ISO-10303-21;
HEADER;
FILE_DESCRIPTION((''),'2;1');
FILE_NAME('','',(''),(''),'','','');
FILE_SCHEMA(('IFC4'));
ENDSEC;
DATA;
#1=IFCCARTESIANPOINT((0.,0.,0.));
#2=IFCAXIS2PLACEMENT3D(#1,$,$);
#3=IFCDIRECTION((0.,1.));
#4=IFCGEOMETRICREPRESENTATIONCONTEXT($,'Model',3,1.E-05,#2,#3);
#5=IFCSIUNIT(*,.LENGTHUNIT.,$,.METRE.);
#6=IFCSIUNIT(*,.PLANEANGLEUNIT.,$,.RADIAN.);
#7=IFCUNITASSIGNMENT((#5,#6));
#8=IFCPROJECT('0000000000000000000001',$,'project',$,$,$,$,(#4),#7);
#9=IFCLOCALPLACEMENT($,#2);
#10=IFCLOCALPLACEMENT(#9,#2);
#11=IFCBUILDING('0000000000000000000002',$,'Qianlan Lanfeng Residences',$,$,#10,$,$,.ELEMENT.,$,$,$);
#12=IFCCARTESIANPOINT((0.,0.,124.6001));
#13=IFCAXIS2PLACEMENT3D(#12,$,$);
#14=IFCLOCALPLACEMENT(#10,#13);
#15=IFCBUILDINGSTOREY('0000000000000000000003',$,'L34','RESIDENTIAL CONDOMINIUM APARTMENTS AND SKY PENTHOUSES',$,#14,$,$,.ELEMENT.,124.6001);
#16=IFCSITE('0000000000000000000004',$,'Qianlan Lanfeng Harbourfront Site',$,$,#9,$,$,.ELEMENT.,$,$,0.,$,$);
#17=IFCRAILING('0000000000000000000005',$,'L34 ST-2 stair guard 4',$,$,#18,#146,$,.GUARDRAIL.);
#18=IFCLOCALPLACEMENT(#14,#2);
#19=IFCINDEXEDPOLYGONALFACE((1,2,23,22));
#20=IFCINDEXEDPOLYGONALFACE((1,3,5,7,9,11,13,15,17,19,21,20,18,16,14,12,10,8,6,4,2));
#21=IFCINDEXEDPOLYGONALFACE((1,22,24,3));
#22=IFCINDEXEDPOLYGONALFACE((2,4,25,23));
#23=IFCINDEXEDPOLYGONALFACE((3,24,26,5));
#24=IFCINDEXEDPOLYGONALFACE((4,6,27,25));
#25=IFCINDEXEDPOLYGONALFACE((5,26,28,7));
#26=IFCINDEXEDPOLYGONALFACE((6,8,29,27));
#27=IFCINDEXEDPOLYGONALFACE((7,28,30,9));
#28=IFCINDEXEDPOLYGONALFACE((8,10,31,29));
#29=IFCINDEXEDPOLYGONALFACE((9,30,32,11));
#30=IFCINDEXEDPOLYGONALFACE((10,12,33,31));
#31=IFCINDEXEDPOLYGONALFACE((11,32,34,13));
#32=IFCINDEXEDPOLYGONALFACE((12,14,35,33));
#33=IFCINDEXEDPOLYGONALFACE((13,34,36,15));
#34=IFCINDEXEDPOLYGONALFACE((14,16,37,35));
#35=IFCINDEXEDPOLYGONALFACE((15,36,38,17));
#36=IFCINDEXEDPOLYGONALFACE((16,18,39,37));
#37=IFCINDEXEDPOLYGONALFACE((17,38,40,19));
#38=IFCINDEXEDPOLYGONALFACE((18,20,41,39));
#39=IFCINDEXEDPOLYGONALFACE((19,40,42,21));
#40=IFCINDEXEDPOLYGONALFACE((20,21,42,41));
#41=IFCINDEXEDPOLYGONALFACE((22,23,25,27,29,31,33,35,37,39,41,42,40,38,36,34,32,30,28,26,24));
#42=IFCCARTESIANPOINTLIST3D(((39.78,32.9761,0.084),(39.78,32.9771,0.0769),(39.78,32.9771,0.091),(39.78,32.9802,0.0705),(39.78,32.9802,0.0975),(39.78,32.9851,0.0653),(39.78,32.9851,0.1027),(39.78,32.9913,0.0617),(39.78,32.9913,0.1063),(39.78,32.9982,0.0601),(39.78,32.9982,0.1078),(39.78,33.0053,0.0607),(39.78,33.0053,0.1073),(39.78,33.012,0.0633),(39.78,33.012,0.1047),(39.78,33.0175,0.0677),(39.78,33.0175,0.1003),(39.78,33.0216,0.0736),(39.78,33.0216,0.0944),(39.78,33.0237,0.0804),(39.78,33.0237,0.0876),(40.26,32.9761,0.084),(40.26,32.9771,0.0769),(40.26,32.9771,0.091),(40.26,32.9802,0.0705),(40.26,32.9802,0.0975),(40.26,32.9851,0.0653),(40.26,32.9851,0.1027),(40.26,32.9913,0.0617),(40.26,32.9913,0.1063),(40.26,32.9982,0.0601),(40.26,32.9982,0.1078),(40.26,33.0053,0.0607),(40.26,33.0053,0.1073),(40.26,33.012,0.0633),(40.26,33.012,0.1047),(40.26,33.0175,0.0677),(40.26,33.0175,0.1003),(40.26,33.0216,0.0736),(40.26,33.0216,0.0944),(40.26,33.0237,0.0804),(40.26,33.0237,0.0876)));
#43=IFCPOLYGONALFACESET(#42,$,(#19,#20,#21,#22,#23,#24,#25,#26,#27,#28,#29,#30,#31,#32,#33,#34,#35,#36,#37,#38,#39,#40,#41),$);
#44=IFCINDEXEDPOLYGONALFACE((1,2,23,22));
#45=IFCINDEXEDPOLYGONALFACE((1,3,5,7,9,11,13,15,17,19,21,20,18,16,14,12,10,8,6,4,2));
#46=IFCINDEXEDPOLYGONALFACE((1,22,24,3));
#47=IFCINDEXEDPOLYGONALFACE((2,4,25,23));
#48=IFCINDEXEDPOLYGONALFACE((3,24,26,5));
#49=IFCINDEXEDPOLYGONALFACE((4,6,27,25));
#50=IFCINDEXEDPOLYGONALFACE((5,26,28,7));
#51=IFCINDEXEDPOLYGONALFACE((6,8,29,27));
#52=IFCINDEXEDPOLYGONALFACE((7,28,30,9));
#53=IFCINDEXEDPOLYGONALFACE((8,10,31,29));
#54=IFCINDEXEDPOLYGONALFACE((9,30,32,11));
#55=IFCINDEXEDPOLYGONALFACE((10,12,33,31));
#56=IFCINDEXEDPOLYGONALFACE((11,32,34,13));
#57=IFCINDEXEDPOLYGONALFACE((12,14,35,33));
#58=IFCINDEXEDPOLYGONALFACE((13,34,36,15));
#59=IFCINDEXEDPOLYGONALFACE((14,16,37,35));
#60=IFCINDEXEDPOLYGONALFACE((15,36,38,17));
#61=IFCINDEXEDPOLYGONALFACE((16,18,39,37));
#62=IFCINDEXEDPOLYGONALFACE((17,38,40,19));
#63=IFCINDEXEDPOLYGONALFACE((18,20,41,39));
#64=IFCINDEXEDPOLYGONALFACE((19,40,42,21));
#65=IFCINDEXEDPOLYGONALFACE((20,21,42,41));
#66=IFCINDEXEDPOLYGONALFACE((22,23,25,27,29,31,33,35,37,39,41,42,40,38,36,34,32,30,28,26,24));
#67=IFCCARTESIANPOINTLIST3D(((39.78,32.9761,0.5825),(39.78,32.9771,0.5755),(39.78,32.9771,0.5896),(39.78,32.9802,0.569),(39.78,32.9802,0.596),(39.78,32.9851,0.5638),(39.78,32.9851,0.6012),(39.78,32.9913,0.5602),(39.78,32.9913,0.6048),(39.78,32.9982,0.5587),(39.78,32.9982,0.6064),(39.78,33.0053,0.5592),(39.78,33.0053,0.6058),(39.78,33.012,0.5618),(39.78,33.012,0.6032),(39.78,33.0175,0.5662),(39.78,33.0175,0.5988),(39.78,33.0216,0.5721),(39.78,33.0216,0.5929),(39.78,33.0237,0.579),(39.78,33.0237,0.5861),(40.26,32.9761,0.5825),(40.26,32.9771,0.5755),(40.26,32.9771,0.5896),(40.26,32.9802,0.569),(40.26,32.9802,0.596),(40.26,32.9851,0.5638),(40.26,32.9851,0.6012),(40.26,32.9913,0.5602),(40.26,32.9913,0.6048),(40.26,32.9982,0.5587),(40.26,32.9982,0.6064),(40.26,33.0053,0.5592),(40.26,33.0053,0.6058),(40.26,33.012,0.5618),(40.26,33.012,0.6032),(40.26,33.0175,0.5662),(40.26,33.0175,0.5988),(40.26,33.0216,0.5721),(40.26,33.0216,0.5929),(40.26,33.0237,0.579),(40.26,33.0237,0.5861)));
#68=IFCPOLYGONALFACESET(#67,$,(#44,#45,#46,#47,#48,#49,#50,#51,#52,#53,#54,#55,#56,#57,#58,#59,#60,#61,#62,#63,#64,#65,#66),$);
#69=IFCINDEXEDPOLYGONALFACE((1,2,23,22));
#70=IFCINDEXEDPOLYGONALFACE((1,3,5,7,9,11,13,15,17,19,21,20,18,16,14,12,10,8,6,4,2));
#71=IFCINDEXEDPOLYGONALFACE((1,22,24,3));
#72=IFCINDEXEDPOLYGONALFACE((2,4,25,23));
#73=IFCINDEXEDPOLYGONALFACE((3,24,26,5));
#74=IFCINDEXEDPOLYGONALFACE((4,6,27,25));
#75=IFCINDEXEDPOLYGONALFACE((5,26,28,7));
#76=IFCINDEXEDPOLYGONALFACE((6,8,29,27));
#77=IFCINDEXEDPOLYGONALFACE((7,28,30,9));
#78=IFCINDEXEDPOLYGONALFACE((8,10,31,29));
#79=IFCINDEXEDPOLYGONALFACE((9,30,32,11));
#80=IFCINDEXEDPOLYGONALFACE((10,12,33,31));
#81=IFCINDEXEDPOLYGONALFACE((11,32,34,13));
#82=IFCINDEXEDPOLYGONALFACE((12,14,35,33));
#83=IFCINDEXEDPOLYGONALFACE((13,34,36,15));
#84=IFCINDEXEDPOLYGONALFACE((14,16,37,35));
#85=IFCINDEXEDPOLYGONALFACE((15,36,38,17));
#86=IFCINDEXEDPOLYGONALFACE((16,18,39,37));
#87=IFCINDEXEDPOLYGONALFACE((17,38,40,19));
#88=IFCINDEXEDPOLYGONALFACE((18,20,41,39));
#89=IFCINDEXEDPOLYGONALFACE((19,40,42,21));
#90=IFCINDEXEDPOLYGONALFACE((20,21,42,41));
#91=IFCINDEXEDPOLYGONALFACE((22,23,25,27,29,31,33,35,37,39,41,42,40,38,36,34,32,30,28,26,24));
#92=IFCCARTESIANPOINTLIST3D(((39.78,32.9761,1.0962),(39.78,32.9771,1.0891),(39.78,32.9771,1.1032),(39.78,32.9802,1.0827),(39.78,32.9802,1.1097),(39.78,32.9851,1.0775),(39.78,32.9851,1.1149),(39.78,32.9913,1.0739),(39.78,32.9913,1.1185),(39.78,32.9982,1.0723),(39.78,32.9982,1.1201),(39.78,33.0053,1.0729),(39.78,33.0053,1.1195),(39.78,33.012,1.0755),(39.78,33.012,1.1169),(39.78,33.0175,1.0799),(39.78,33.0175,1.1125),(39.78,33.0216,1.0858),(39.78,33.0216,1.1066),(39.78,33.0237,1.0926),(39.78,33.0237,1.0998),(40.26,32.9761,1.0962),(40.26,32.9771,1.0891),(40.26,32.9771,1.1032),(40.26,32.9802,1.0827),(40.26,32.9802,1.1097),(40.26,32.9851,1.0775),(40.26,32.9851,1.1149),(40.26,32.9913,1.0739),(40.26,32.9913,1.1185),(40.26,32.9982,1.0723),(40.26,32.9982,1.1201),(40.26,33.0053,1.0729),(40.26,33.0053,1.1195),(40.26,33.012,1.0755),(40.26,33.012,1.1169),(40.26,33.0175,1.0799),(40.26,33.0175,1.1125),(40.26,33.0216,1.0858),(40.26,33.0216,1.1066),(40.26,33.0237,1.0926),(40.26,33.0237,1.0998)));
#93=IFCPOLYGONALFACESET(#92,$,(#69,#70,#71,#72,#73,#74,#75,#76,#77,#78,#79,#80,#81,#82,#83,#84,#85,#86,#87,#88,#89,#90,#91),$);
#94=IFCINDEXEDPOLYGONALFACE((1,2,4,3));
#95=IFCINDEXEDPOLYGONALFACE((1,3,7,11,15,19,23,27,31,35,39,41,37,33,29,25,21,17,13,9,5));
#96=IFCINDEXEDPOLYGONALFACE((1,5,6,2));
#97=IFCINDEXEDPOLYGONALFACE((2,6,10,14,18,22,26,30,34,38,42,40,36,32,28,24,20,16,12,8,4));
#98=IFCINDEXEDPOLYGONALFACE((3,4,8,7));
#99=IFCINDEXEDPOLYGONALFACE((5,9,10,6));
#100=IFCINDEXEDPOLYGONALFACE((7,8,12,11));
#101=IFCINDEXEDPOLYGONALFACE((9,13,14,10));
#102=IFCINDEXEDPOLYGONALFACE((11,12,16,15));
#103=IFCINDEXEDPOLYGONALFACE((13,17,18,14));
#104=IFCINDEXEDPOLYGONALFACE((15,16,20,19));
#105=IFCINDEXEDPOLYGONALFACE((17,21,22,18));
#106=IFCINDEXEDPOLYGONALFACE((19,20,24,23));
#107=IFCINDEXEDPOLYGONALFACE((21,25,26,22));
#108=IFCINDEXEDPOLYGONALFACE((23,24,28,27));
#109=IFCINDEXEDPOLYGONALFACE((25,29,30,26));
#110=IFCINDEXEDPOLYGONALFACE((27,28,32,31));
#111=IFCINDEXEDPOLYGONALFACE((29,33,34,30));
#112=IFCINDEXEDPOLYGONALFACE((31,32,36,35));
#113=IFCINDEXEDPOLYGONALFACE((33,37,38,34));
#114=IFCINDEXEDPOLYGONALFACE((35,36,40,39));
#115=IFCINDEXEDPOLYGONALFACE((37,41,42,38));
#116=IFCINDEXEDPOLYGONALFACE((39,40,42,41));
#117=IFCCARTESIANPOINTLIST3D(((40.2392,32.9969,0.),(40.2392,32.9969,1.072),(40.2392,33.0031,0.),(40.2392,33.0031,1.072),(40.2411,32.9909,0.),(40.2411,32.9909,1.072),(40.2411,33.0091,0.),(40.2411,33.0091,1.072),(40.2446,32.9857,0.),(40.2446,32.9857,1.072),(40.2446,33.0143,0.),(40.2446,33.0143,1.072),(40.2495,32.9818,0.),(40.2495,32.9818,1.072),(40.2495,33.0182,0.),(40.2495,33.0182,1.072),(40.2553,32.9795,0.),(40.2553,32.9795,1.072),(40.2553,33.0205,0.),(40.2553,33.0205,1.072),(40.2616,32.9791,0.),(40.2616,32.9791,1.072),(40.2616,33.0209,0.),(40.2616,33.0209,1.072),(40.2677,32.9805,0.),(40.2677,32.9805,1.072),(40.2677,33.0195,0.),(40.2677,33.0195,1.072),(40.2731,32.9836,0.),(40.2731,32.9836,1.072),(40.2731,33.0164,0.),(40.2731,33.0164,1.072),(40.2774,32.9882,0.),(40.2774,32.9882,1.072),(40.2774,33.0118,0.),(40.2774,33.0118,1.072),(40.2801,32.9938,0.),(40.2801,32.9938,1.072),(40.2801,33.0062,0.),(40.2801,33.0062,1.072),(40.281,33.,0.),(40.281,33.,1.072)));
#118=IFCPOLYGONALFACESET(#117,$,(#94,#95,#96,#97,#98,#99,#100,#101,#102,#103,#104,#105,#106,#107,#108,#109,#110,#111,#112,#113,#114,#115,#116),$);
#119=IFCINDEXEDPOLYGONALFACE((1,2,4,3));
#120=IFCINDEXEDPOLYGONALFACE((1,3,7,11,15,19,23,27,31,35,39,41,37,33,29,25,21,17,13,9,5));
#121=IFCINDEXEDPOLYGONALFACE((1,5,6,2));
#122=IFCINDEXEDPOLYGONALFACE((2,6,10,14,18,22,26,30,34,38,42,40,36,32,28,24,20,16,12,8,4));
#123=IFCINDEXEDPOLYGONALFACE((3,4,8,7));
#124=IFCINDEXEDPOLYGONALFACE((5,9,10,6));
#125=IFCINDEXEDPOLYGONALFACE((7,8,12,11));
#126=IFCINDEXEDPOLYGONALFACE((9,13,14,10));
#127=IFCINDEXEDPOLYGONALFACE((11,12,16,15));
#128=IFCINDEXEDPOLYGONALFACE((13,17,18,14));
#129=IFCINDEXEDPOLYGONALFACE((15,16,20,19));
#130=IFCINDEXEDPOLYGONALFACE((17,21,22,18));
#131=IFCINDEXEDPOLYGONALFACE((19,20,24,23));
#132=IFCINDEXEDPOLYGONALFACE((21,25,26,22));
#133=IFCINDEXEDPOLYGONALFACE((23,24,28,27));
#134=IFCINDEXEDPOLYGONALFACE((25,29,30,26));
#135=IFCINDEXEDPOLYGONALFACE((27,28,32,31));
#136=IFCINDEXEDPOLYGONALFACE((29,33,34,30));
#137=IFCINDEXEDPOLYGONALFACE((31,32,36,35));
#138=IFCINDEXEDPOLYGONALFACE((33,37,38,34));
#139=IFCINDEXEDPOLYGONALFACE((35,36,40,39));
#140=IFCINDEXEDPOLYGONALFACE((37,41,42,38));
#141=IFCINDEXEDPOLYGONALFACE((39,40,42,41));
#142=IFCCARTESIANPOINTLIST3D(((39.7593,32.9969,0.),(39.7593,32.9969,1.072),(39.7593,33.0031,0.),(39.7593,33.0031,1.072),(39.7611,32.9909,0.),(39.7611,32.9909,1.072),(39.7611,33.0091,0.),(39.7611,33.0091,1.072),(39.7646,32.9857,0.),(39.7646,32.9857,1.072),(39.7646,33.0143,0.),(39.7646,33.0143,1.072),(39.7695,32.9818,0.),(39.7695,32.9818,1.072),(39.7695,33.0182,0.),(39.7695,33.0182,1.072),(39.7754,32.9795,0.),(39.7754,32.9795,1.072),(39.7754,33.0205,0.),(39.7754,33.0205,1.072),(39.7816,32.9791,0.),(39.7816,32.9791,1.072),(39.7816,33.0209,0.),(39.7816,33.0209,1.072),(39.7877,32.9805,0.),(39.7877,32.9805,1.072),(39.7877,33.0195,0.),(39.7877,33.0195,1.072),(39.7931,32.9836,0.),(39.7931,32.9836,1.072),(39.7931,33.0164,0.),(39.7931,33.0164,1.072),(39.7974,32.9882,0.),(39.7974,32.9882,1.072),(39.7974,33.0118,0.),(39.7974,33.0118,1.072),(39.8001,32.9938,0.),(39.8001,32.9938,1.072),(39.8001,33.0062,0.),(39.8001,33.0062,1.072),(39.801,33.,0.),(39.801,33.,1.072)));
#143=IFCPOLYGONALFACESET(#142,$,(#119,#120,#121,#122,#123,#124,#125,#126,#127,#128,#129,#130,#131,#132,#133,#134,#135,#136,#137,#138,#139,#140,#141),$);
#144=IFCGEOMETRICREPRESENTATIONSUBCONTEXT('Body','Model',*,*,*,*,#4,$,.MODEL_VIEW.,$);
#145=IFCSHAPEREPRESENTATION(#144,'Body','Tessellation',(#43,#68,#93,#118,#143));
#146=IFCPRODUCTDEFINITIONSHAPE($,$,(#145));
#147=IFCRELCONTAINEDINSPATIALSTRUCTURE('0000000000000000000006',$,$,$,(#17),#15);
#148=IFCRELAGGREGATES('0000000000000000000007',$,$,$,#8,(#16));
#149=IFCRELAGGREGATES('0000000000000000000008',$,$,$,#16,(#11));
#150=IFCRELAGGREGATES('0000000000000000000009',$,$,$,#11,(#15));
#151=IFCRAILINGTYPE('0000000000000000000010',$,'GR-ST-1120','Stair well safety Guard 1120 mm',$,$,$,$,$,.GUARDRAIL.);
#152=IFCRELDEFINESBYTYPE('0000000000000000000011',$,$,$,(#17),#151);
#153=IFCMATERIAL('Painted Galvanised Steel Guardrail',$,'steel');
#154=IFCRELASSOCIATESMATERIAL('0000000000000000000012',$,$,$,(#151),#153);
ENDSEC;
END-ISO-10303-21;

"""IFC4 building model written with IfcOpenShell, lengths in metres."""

from ifc_helpers import new_model, si_unit, direction, frame, origin, origin_2d, place, context, subcontext, project, spatial, circle, extrude, material, type_object, element, save


model = new_model("IFC4")

# Units and contexts
model_context = context("Model", 3, precision=1e-05, world=origin(), true_north=direction((0.0, 1.0)))
body_context = subcontext(model_context, "Body", "Model", "MODEL_VIEW")
ifc_project = project(units=[si_unit("LENGTHUNIT", "METRE"), si_unit("PLANEANGLEUNIT", "RADIAN")], contexts=[model_context])

# Site, building, storey
site_placement = place(None, origin())
site = spatial("IfcSite", under=ifc_project, at=site_placement, Name="Qianlan Lanfeng Harbourfront Site", CompositionType="ELEMENT", RefElevation=0.0)
building_placement = place(site_placement, origin())
building = spatial("IfcBuilding", under=site, at=building_placement, Name="Qianlan Lanfeng Residences", CompositionType="ELEMENT")
storey_placement = place(building_placement, frame((0.0, 0.0, 124.6001)))
storey = spatial("IfcBuildingStorey", under=building, at=storey_placement, Name="L34", Description="RESIDENTIAL CONDOMINIUM APARTMENTS AND SKY PENTHOUSES", CompositionType="ELEMENT", Elevation=124.6001)

# Railing
ifc_material_1 = material(Name="Painted Galvanised Steel Guardrail", Category="steel")
railing_type_1 = type_object("IfcRailingType", Name="GR-ST-1120", Description="Stair well safety Guard 1120 mm", PredefinedType="GUARDRAIL", material=ifc_material_1)
railing_1_placement = place(storey_placement, frame((40.26, 33.0, 0.0)))
element("IfcRailing", 1, at=railing_1_placement, inside=storey, type_object=railing_type_1, Name="L34 ST-2 stair guard 4", PredefinedType="GUARDRAIL", context=body_context, shape_type="SweptSolid", body=[
    extrude(circle(Radius=0.0239, at=origin_2d()), frame((0.0, 0.0, 0.084), z_axis=(-1.0, 0.0, 0.0), x_axis=(0.0, -1.0, 0.0)), (0.0, 0.0, 1.0), 0.48),
    extrude(circle(Radius=0.0239, at=origin_2d()), frame((0.0, 0.0, 0.5825), z_axis=(-1.0, 0.0, 0.0), x_axis=(0.0, -1.0, 0.0)), (0.0, 0.0, 1.0), 0.48),
    extrude(circle(Radius=0.0239, at=origin_2d()), frame((0.0, 0.0, 1.0962), z_axis=(-1.0, 0.0, 0.0), x_axis=(0.0, -1.0, 0.0)), (0.0, 0.0, 1.0), 0.48),
    extrude(circle(Radius=0.021, at=origin_2d()), origin(), (0.0, 0.0, 1.0), 1.072),
    extrude(circle(Radius=0.021, at=origin_2d()), frame((-0.48, 0.0, 0.0)), (0.0, 0.0, 1.0), 1.072),
])

save(model, "model.ifc")
